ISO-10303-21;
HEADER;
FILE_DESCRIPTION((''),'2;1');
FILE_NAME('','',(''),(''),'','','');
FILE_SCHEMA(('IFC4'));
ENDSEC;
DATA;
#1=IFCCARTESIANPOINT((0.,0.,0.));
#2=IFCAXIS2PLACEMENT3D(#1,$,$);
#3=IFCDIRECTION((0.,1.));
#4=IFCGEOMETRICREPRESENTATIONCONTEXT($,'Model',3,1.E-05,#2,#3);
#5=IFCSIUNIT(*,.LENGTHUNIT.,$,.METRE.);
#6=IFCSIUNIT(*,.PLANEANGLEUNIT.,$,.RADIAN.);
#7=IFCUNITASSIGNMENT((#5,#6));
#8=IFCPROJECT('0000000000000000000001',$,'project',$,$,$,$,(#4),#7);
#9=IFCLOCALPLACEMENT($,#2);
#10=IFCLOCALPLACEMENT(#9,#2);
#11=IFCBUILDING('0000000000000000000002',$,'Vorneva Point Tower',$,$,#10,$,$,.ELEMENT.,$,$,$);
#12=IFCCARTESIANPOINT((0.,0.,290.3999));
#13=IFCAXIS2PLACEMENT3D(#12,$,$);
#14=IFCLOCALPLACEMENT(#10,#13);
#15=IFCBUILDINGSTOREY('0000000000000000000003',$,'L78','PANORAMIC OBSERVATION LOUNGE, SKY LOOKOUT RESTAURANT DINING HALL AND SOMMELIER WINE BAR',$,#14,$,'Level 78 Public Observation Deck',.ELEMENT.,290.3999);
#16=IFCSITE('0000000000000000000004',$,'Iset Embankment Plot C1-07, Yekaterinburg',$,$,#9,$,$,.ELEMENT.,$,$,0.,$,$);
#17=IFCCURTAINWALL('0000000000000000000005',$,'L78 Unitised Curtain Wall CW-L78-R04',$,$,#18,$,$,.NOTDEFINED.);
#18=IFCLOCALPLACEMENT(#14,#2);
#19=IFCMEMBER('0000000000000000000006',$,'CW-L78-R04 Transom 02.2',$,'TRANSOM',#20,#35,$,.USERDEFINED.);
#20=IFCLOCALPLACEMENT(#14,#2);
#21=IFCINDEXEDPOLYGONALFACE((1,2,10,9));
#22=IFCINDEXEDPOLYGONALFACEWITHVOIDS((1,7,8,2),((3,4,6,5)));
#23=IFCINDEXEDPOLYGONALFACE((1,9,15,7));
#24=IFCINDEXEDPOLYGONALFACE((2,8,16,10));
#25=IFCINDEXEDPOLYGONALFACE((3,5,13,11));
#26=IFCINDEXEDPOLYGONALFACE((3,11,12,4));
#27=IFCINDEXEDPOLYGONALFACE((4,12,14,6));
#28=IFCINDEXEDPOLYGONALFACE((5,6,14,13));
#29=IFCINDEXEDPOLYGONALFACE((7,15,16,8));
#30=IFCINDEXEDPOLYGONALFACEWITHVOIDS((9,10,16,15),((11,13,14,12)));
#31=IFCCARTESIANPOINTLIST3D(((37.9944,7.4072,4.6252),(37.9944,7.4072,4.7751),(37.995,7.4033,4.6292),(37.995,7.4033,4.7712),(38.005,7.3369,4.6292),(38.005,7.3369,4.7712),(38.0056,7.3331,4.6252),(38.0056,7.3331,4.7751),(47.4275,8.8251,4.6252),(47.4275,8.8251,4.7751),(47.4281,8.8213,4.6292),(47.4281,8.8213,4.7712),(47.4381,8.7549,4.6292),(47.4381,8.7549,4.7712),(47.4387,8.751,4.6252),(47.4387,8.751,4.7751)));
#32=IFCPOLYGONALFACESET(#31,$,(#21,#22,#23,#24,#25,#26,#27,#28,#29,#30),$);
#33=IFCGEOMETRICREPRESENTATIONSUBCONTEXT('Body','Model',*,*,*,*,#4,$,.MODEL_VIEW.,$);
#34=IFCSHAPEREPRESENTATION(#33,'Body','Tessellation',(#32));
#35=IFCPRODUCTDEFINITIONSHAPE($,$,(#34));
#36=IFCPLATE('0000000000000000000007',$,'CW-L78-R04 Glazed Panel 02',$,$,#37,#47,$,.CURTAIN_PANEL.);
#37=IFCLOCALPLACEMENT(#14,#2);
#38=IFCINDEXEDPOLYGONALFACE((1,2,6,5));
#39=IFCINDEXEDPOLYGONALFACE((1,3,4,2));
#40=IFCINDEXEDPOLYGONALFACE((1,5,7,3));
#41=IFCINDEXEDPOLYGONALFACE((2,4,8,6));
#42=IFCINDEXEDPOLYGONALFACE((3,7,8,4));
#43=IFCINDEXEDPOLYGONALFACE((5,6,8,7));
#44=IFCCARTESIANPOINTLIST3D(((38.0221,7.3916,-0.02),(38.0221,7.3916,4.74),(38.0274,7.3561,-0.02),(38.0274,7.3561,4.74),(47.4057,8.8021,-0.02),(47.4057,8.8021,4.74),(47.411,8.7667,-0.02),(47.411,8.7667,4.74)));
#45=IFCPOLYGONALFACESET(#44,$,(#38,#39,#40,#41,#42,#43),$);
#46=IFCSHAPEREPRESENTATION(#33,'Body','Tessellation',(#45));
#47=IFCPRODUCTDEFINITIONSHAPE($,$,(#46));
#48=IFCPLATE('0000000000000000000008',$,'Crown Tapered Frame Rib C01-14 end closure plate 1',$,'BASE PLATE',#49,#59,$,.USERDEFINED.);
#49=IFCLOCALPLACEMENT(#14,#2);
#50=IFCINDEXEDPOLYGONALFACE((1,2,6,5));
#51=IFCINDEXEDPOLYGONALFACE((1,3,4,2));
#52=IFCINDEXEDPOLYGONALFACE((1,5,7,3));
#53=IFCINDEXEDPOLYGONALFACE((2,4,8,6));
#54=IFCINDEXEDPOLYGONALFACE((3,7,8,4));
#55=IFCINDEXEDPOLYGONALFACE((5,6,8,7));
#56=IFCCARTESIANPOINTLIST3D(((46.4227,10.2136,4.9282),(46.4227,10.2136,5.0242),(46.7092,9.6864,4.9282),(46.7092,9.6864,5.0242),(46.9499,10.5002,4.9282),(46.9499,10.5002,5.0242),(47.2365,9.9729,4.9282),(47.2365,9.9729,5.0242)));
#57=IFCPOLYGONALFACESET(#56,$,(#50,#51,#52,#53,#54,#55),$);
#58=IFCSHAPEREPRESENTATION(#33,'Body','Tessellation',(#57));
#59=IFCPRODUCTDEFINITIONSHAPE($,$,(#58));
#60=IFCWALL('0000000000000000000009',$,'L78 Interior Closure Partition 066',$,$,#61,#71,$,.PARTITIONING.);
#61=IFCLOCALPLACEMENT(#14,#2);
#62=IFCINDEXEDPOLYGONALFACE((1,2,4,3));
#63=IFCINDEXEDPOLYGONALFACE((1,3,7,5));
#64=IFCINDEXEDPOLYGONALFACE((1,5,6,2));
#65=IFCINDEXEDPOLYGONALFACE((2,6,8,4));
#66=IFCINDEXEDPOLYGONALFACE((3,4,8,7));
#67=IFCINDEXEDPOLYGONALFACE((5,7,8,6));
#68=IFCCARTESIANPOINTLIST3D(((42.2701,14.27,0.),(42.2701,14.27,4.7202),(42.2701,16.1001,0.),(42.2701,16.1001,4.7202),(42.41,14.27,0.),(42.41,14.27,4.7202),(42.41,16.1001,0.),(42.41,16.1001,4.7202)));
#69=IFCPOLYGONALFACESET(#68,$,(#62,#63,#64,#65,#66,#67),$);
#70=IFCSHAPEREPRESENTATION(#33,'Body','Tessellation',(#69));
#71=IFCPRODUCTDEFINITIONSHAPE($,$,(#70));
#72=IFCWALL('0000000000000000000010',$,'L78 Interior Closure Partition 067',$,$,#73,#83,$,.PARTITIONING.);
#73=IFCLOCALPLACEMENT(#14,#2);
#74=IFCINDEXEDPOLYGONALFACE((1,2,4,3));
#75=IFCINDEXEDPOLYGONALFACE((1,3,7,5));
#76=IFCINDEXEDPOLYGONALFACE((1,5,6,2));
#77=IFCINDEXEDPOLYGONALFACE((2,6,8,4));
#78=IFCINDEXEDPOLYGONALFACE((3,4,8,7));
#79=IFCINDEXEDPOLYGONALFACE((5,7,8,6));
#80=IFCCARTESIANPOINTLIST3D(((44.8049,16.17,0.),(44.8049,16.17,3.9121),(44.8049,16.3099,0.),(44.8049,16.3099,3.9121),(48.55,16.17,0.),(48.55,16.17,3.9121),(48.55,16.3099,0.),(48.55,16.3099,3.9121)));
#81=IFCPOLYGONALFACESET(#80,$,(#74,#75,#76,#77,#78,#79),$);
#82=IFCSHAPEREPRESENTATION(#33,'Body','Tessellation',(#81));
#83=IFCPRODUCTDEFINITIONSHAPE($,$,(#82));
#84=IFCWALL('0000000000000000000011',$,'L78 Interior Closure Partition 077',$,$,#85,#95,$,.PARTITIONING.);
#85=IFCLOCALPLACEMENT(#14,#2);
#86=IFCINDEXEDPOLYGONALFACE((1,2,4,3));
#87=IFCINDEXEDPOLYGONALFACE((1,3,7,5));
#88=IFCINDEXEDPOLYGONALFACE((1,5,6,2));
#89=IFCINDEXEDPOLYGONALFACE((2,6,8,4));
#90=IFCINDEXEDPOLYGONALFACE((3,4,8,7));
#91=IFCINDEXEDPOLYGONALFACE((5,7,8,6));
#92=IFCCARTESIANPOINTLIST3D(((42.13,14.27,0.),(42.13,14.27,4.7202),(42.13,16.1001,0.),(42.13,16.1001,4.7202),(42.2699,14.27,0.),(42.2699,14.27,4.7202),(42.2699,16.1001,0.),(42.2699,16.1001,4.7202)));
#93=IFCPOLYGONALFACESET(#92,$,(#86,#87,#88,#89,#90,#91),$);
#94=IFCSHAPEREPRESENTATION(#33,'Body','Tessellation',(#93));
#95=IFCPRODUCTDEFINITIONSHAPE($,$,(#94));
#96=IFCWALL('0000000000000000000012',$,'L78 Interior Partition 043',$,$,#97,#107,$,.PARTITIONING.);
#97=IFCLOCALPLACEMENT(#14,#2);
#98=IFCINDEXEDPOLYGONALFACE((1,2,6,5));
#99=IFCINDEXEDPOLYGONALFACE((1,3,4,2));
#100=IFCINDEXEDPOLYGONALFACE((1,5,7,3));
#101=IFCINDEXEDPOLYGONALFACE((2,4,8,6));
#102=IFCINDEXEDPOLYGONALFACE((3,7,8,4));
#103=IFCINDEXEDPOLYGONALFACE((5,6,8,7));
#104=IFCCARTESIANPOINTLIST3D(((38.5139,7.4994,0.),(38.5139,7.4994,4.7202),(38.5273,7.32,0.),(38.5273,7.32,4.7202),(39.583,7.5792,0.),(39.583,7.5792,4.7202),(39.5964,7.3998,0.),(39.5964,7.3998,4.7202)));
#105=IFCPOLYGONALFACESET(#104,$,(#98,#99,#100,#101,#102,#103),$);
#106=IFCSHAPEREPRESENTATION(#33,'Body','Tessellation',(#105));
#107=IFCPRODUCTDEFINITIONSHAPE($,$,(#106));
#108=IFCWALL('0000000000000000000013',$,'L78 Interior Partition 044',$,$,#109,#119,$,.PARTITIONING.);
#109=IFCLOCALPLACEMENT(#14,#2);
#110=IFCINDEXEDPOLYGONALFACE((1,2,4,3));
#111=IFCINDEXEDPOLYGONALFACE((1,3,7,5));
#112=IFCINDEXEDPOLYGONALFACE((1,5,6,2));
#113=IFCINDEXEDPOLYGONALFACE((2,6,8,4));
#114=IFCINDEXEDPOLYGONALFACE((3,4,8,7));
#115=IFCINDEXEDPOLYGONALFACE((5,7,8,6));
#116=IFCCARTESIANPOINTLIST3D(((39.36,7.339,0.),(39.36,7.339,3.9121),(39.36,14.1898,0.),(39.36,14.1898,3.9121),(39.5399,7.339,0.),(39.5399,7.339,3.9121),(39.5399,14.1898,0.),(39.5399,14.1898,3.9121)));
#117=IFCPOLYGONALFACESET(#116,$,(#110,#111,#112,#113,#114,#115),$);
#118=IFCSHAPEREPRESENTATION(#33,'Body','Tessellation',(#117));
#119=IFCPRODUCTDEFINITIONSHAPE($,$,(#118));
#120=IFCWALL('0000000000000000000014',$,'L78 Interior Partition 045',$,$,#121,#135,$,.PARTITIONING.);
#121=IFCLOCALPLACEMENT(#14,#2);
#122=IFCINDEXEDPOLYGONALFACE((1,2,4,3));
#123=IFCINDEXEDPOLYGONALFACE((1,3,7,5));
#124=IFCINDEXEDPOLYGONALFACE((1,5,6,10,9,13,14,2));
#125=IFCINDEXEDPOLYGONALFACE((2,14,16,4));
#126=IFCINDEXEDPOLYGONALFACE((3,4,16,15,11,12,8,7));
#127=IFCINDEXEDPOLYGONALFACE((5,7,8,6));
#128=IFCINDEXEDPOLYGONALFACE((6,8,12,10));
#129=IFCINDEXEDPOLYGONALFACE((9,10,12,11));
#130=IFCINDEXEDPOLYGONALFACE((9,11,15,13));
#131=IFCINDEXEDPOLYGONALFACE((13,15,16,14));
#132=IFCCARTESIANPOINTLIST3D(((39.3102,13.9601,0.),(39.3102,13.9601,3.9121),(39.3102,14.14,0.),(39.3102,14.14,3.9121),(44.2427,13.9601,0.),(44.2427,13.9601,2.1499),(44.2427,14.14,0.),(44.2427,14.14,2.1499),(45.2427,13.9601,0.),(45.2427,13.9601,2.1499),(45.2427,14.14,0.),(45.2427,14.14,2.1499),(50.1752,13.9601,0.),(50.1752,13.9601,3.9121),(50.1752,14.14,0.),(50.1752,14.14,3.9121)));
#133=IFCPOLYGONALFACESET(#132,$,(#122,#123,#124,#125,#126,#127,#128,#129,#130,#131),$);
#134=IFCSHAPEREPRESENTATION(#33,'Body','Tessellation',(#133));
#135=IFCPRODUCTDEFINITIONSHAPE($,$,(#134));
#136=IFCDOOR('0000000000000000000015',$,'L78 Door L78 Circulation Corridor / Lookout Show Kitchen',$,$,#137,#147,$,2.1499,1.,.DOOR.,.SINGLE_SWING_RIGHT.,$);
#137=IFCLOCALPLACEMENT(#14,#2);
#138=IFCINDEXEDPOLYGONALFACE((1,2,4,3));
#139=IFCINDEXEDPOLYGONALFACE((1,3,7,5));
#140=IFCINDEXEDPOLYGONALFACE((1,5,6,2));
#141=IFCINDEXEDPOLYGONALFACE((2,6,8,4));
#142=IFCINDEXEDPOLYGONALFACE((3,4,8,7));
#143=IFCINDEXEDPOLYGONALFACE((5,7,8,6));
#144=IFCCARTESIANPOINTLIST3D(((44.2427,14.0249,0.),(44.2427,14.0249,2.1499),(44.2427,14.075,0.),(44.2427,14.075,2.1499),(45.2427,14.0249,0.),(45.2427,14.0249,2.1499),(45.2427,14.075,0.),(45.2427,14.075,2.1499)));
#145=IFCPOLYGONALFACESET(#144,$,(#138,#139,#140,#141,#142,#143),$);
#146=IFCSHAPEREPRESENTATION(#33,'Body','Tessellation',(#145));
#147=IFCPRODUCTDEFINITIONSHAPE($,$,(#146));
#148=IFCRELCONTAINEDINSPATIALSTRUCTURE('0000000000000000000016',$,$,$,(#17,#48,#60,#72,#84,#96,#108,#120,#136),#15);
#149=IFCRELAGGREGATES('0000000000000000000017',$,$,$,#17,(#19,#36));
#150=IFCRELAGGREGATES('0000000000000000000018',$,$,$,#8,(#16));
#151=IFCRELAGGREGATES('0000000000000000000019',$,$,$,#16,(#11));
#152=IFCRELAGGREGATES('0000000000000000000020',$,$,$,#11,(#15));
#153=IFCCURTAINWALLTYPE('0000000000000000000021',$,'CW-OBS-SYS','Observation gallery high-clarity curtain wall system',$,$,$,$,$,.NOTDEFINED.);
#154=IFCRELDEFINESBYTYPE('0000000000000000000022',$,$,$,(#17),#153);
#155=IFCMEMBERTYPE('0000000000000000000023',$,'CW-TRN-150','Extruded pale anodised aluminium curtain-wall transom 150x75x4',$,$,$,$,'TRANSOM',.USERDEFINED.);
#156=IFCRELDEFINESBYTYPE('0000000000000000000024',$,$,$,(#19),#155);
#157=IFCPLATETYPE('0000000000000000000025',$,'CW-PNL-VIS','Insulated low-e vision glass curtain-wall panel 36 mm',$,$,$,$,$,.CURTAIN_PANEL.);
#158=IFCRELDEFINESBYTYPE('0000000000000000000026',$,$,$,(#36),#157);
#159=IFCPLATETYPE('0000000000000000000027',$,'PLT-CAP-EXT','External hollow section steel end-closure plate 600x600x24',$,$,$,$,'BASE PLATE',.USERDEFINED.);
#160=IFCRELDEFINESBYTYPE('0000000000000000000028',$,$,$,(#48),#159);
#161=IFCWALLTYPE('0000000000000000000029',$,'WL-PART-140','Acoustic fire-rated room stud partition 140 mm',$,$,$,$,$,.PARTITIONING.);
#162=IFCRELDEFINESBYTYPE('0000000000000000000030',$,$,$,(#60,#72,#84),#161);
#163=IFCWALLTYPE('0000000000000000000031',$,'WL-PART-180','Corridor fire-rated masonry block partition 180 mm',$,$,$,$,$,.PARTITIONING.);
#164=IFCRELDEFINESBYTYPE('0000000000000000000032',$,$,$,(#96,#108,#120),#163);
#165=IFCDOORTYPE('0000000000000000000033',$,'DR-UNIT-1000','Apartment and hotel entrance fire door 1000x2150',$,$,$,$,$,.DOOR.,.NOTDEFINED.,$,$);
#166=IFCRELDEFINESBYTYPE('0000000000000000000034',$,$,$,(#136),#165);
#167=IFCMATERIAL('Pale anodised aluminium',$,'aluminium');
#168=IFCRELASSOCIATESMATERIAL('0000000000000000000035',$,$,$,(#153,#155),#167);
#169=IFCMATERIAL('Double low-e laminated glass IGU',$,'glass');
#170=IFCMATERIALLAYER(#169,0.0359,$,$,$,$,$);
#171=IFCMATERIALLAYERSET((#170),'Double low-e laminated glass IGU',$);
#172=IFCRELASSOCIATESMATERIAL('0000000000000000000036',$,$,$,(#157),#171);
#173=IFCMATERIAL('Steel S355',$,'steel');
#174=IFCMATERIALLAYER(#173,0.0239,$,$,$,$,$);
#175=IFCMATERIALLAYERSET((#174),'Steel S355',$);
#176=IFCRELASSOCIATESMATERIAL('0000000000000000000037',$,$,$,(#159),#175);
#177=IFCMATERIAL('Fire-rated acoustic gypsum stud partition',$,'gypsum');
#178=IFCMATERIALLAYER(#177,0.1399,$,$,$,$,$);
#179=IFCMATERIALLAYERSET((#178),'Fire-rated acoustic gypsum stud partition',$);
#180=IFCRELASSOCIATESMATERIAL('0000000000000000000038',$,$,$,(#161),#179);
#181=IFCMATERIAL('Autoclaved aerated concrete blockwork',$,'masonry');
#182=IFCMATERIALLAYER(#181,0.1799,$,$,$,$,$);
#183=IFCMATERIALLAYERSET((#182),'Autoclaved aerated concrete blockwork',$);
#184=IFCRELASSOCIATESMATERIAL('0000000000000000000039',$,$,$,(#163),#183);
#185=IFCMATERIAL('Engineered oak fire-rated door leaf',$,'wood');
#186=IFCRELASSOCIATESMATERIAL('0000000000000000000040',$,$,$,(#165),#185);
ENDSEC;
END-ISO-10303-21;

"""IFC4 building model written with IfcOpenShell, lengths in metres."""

from ifc_helpers import new_model, si_unit, direction, frame, frame_2d, origin, origin_2d, place, context, subcontext, project, spatial, rectangle, hollow_rectangle, extrude, material, layer, layer_set, material_profile, profile_set, type_object, element, fill, aggregate, save


model = new_model("IFC4")

# Units and contexts
model_context = context("Model", 3, precision=1e-05, world=origin(), true_north=direction((0.0, 1.0)))
body_context = subcontext(model_context, "Body", "Model", "MODEL_VIEW")
ifc_project = project(units=[si_unit("LENGTHUNIT", "METRE"), si_unit("PLANEANGLEUNIT", "RADIAN")], contexts=[model_context])

# Site, building, storey
site_placement = place(None, origin())
site = spatial("IfcSite", under=ifc_project, at=site_placement, Name="Iset Embankment Plot C1-07, Yekaterinburg", CompositionType="ELEMENT", RefElevation=0.0)
building_placement = place(site_placement, origin())
building = spatial("IfcBuilding", under=site, at=building_placement, Name="Vorneva Point Tower", CompositionType="ELEMENT")
storey_placement = place(building_placement, frame((0.0, 0.0, 290.3999)))
storey = spatial("IfcBuildingStorey", under=building, at=storey_placement, Name="L78", Description="PANORAMIC OBSERVATION LOUNGE, SKY LOOKOUT RESTAURANT DINING HALL AND SOMMELIER WINE BAR", LongName="Level 78 Public Observation Deck", CompositionType="ELEMENT", Elevation=290.3999)

# Shared definitions
ifc_material_1 = material(Name="Steel S355", Category="steel")

# Curtain wall, member, plate
ifc_material_2 = material(Name="Pale anodised aluminium", Category="aluminium")
curtain_wall_type = type_object("IfcCurtainWallType", Name="CW-OBS-SYS", Description="Observation gallery high-clarity curtain wall system", PredefinedType="NOTDEFINED", material=ifc_material_2)
curtain_wall_placement = place(storey_placement, origin())
curtain_wall = element("IfcCurtainWall", 1, at=curtain_wall_placement, inside=storey, type_object=curtain_wall_type, Name="L78 Unitised Curtain Wall CW-L78-R04", PredefinedType="NOTDEFINED")
ifc_material_profile_1 = material_profile(ifc_material_2, hollow_rectangle(XDim=0.075, YDim=0.1499, WallThickness=0.0039, at=origin_2d()), Name="AL-TRN 150x75x4")
ifc_profile_set_1 = profile_set([ifc_material_profile_1], Name="Pale anodised aluminium")
member_type_1 = type_object("IfcMemberType", Name="CW-TRN-150", Description="Extruded pale anodised aluminium curtain-wall transom 150x75x4", ElementType="TRANSOM", PredefinedType="USERDEFINED", material=ifc_profile_set_1)
member_1_placement = place(storey_placement, frame((38.0, 7.3701, 4.7002), z_axis=(0.98889, 0.148648, 0.0), x_axis=(-0.148648, 0.98889, 0.0)))
member_1 = element("IfcMember", 2, at=member_1_placement, type_object=member_type_1, Name="CW-L78-R04 Transom 02.2", ObjectType="TRANSOM", PredefinedType="USERDEFINED", context=body_context, shape_type="SweptSolid", body=[
    extrude(hollow_rectangle(XDim=0.075, YDim=0.1499, WallThickness=0.0039, at=origin_2d()), origin(), (0.0, 0.0, 1.0), 9.5391),
])
ifc_material_3 = material(Name="Double low-e laminated glass IGU", Category="glass")
ifc_layer_1 = layer(ifc_material_3, 0.0359)
ifc_layer_set_1 = layer_set([ifc_layer_1], Name="Double low-e laminated glass IGU")
plate_type_1 = type_object("IfcPlateType", Name="CW-PNL-VIS", Description="Insulated low-e vision glass curtain-wall panel 36 mm", PredefinedType="CURTAIN_PANEL", material=ifc_layer_set_1)
plate_1_placement = place(storey_placement, frame((42.7166, 8.0791, -0.02), z_axis=(0.0, 0.0, 1.0), x_axis=(0.988889, 0.148655, 0.0)))
plate_1 = element("IfcPlate", 3, at=plate_1_placement, type_object=plate_type_1, Name="CW-L78-R04 Glazed Panel 02", PredefinedType="CURTAIN_PANEL", context=body_context, shape_type="SweptSolid", body=[
    extrude(rectangle(XDim=9.489, YDim=0.0359, at=origin_2d()), origin(), (0.0, 0.0, 1.0), 4.76),
])
aggregate(curtain_wall, [member_1, plate_1])

# Plate
ifc_layer_2 = layer(ifc_material_1, 0.0239)
ifc_layer_set_2 = layer_set([ifc_layer_2], Name="Steel S355")
plate_type_2 = type_object("IfcPlateType", Name="PLT-CAP-EXT", Description="External hollow section steel end-closure plate 600x600x24", ElementType="BASE PLATE", PredefinedType="USERDEFINED", material=ifc_layer_set_2)
plate_2_placement = place(storey_placement, frame((46.8296, 10.0933, 4.9282), z_axis=(0.0, 0.0, 1.0), x_axis=(-0.477527, 0.878617, 0.0)))
element("IfcPlate", 4, at=plate_2_placement, inside=storey, type_object=plate_type_2, Name="Crown Tapered Frame Rib C01-14 end closure plate 1", ObjectType="BASE PLATE", PredefinedType="USERDEFINED", context=body_context, shape_type="SweptSolid", body=[
    extrude(rectangle(XDim=0.6001, YDim=0.6001, at=origin_2d()), origin(), (0.0, 0.0, 1.0), 0.0959),
])

# Walls
ifc_material_4 = material(Name="Fire-rated acoustic gypsum stud partition", Category="gypsum")
ifc_layer_3 = layer(ifc_material_4, 0.1399)
ifc_layer_set_3 = layer_set([ifc_layer_3], Name="Fire-rated acoustic gypsum stud partition")
wall_type_1 = type_object("IfcWallType", Name="WL-PART-140", Description="Acoustic fire-rated room stud partition 140 mm", PredefinedType="PARTITIONING", material=ifc_layer_set_3)
wall_1_placement = place(storey_placement, frame((42.3401, 14.27, 0.0), z_axis=(0.0, 0.0, 1.0), x_axis=(0.0, 1.0, 0.0)))
element("IfcWall", 5, at=wall_1_placement, inside=storey, type_object=wall_type_1, Name="L78 Interior Closure Partition 066", PredefinedType="PARTITIONING", context=body_context, shape_type="SweptSolid", body=[
    extrude(rectangle(XDim=1.8301, YDim=0.1399, at=frame_2d((0.915, 0.0))), origin(), (0.0, 0.0, 1.0), 4.7202),
])
wall_2_placement = place(storey_placement, frame((44.8049, 16.24, 0.0), z_axis=(0.0, 0.0, 1.0), x_axis=(1.0, 0.0, 0.0)))
element("IfcWall", 6, at=wall_2_placement, inside=storey, type_object=wall_type_1, Name="L78 Interior Closure Partition 067", PredefinedType="PARTITIONING", context=body_context, shape_type="SweptSolid", body=[
    extrude(rectangle(XDim=3.7451, YDim=0.1399, at=frame_2d((1.8726, 0.0))), origin(), (0.0, 0.0, 1.0), 3.9121),
])
wall_3_placement = place(storey_placement, frame((42.2, 16.1001, 0.0), z_axis=(0.0, 0.0, 1.0), x_axis=(0.0, -1.0, 0.0)))
element("IfcWall", 7, at=wall_3_placement, inside=storey, type_object=wall_type_1, Name="L78 Interior Closure Partition 077", PredefinedType="PARTITIONING", context=body_context, shape_type="SweptSolid", body=[
    extrude(rectangle(XDim=1.8301, YDim=0.1399, at=frame_2d((0.915, 0.0))), origin(), (0.0, 0.0, 1.0), 4.7202),
])
ifc_material_5 = material(Name="Autoclaved aerated concrete blockwork", Category="masonry")
ifc_layer_4 = layer(ifc_material_5, 0.1799)
ifc_layer_set_4 = layer_set([ifc_layer_4], Name="Autoclaved aerated concrete blockwork")
wall_type_2 = type_object("IfcWallType", Name="WL-PART-180", Description="Corridor fire-rated masonry block partition 180 mm", PredefinedType="PARTITIONING", material=ifc_layer_set_4)
wall_4_placement = place(storey_placement, frame((38.5205, 7.4097, 0.0), z_axis=(0.0, 0.0, 1.0), x_axis=(0.997223, 0.074467, 0.0)))
element("IfcWall", 8, at=wall_4_placement, inside=storey, type_object=wall_type_2, Name="L78 Interior Partition 043", PredefinedType="PARTITIONING", context=body_context, shape_type="SweptSolid", body=[
    extrude(rectangle(XDim=1.072, YDim=0.1799, at=frame_2d((0.5361, 0.0))), origin(), (0.0, 0.0, 1.0), 4.7202),
])
wall_5_placement = place(storey_placement, frame((39.45, 7.3391, 0.0), z_axis=(0.0, 0.0, 1.0), x_axis=(0.0, 1.0, 0.0)))
element("IfcWall", 9, at=wall_5_placement, inside=storey, type_object=wall_type_2, Name="L78 Interior Partition 044", PredefinedType="PARTITIONING", context=body_context, shape_type="SweptSolid", body=[
    extrude(rectangle(XDim=6.8508, YDim=0.1799, at=frame_2d((3.4253, 0.0))), origin(), (0.0, 0.0, 1.0), 3.9121),
])

# Wall, opening, door
wall_6_placement = place(storey_placement, frame((39.3101, 14.05, 0.0), z_axis=(0.0, 0.0, 1.0), x_axis=(1.0, 0.0, 0.0)))
wall_6 = element("IfcWall", 10, at=wall_6_placement, inside=storey, type_object=wall_type_2, Name="L78 Interior Partition 045", PredefinedType="PARTITIONING", context=body_context, shape_type="SweptSolid", body=[
    extrude(rectangle(XDim=10.865, YDim=0.1799, at=frame_2d((5.4326, 0.0))), origin(), (0.0, 0.0, 1.0), 3.9121),
])
opening_placement = place(wall_6_placement, frame((4.9326, 0.0, 0.0)))
opening = element("IfcOpeningElement", 11, at=opening_placement, cuts=wall_6, PredefinedType="OPENING", context=body_context, shape_type="SweptSolid", body=[
    extrude(rectangle(XDim=1.0, YDim=2.1499, at=frame_2d((0.5, 1.075))), frame((0.0, 0.105, 0.0), z_axis=(0.0, -1.0, 0.0), x_axis=(1.0, 0.0, 0.0)), (0.0, 0.0, 1.0), 0.2097),
])
ifc_material_6 = material(Name="Engineered oak fire-rated door leaf", Category="wood")
door_type = type_object("IfcDoorType", Name="DR-UNIT-1000", Description="Apartment and hotel entrance fire door 1000x2150", OperationType="NOTDEFINED", PredefinedType="DOOR", material=ifc_material_6)
door_placement = place(opening_placement, origin())
door = element("IfcDoor", 12, at=door_placement, inside=storey, type_object=door_type, Name="L78 Door L78 Circulation Corridor / Lookout Show Kitchen", OperationType="SINGLE_SWING_RIGHT", OverallHeight=2.1499, OverallWidth=1.0, PredefinedType="DOOR", context=body_context, shape_type="SweptSolid", body=[
    extrude(rectangle(XDim=1.0, YDim=2.1499, at=frame_2d((0.5, 1.075))), frame((0.0, 0.0249, 0.0), z_axis=(0.0, -1.0, 0.0), x_axis=(1.0, 0.0, 0.0)), (0.0, 0.0, 1.0), 0.05),
])
fill(opening, door)

save(model, "model.ifc")
